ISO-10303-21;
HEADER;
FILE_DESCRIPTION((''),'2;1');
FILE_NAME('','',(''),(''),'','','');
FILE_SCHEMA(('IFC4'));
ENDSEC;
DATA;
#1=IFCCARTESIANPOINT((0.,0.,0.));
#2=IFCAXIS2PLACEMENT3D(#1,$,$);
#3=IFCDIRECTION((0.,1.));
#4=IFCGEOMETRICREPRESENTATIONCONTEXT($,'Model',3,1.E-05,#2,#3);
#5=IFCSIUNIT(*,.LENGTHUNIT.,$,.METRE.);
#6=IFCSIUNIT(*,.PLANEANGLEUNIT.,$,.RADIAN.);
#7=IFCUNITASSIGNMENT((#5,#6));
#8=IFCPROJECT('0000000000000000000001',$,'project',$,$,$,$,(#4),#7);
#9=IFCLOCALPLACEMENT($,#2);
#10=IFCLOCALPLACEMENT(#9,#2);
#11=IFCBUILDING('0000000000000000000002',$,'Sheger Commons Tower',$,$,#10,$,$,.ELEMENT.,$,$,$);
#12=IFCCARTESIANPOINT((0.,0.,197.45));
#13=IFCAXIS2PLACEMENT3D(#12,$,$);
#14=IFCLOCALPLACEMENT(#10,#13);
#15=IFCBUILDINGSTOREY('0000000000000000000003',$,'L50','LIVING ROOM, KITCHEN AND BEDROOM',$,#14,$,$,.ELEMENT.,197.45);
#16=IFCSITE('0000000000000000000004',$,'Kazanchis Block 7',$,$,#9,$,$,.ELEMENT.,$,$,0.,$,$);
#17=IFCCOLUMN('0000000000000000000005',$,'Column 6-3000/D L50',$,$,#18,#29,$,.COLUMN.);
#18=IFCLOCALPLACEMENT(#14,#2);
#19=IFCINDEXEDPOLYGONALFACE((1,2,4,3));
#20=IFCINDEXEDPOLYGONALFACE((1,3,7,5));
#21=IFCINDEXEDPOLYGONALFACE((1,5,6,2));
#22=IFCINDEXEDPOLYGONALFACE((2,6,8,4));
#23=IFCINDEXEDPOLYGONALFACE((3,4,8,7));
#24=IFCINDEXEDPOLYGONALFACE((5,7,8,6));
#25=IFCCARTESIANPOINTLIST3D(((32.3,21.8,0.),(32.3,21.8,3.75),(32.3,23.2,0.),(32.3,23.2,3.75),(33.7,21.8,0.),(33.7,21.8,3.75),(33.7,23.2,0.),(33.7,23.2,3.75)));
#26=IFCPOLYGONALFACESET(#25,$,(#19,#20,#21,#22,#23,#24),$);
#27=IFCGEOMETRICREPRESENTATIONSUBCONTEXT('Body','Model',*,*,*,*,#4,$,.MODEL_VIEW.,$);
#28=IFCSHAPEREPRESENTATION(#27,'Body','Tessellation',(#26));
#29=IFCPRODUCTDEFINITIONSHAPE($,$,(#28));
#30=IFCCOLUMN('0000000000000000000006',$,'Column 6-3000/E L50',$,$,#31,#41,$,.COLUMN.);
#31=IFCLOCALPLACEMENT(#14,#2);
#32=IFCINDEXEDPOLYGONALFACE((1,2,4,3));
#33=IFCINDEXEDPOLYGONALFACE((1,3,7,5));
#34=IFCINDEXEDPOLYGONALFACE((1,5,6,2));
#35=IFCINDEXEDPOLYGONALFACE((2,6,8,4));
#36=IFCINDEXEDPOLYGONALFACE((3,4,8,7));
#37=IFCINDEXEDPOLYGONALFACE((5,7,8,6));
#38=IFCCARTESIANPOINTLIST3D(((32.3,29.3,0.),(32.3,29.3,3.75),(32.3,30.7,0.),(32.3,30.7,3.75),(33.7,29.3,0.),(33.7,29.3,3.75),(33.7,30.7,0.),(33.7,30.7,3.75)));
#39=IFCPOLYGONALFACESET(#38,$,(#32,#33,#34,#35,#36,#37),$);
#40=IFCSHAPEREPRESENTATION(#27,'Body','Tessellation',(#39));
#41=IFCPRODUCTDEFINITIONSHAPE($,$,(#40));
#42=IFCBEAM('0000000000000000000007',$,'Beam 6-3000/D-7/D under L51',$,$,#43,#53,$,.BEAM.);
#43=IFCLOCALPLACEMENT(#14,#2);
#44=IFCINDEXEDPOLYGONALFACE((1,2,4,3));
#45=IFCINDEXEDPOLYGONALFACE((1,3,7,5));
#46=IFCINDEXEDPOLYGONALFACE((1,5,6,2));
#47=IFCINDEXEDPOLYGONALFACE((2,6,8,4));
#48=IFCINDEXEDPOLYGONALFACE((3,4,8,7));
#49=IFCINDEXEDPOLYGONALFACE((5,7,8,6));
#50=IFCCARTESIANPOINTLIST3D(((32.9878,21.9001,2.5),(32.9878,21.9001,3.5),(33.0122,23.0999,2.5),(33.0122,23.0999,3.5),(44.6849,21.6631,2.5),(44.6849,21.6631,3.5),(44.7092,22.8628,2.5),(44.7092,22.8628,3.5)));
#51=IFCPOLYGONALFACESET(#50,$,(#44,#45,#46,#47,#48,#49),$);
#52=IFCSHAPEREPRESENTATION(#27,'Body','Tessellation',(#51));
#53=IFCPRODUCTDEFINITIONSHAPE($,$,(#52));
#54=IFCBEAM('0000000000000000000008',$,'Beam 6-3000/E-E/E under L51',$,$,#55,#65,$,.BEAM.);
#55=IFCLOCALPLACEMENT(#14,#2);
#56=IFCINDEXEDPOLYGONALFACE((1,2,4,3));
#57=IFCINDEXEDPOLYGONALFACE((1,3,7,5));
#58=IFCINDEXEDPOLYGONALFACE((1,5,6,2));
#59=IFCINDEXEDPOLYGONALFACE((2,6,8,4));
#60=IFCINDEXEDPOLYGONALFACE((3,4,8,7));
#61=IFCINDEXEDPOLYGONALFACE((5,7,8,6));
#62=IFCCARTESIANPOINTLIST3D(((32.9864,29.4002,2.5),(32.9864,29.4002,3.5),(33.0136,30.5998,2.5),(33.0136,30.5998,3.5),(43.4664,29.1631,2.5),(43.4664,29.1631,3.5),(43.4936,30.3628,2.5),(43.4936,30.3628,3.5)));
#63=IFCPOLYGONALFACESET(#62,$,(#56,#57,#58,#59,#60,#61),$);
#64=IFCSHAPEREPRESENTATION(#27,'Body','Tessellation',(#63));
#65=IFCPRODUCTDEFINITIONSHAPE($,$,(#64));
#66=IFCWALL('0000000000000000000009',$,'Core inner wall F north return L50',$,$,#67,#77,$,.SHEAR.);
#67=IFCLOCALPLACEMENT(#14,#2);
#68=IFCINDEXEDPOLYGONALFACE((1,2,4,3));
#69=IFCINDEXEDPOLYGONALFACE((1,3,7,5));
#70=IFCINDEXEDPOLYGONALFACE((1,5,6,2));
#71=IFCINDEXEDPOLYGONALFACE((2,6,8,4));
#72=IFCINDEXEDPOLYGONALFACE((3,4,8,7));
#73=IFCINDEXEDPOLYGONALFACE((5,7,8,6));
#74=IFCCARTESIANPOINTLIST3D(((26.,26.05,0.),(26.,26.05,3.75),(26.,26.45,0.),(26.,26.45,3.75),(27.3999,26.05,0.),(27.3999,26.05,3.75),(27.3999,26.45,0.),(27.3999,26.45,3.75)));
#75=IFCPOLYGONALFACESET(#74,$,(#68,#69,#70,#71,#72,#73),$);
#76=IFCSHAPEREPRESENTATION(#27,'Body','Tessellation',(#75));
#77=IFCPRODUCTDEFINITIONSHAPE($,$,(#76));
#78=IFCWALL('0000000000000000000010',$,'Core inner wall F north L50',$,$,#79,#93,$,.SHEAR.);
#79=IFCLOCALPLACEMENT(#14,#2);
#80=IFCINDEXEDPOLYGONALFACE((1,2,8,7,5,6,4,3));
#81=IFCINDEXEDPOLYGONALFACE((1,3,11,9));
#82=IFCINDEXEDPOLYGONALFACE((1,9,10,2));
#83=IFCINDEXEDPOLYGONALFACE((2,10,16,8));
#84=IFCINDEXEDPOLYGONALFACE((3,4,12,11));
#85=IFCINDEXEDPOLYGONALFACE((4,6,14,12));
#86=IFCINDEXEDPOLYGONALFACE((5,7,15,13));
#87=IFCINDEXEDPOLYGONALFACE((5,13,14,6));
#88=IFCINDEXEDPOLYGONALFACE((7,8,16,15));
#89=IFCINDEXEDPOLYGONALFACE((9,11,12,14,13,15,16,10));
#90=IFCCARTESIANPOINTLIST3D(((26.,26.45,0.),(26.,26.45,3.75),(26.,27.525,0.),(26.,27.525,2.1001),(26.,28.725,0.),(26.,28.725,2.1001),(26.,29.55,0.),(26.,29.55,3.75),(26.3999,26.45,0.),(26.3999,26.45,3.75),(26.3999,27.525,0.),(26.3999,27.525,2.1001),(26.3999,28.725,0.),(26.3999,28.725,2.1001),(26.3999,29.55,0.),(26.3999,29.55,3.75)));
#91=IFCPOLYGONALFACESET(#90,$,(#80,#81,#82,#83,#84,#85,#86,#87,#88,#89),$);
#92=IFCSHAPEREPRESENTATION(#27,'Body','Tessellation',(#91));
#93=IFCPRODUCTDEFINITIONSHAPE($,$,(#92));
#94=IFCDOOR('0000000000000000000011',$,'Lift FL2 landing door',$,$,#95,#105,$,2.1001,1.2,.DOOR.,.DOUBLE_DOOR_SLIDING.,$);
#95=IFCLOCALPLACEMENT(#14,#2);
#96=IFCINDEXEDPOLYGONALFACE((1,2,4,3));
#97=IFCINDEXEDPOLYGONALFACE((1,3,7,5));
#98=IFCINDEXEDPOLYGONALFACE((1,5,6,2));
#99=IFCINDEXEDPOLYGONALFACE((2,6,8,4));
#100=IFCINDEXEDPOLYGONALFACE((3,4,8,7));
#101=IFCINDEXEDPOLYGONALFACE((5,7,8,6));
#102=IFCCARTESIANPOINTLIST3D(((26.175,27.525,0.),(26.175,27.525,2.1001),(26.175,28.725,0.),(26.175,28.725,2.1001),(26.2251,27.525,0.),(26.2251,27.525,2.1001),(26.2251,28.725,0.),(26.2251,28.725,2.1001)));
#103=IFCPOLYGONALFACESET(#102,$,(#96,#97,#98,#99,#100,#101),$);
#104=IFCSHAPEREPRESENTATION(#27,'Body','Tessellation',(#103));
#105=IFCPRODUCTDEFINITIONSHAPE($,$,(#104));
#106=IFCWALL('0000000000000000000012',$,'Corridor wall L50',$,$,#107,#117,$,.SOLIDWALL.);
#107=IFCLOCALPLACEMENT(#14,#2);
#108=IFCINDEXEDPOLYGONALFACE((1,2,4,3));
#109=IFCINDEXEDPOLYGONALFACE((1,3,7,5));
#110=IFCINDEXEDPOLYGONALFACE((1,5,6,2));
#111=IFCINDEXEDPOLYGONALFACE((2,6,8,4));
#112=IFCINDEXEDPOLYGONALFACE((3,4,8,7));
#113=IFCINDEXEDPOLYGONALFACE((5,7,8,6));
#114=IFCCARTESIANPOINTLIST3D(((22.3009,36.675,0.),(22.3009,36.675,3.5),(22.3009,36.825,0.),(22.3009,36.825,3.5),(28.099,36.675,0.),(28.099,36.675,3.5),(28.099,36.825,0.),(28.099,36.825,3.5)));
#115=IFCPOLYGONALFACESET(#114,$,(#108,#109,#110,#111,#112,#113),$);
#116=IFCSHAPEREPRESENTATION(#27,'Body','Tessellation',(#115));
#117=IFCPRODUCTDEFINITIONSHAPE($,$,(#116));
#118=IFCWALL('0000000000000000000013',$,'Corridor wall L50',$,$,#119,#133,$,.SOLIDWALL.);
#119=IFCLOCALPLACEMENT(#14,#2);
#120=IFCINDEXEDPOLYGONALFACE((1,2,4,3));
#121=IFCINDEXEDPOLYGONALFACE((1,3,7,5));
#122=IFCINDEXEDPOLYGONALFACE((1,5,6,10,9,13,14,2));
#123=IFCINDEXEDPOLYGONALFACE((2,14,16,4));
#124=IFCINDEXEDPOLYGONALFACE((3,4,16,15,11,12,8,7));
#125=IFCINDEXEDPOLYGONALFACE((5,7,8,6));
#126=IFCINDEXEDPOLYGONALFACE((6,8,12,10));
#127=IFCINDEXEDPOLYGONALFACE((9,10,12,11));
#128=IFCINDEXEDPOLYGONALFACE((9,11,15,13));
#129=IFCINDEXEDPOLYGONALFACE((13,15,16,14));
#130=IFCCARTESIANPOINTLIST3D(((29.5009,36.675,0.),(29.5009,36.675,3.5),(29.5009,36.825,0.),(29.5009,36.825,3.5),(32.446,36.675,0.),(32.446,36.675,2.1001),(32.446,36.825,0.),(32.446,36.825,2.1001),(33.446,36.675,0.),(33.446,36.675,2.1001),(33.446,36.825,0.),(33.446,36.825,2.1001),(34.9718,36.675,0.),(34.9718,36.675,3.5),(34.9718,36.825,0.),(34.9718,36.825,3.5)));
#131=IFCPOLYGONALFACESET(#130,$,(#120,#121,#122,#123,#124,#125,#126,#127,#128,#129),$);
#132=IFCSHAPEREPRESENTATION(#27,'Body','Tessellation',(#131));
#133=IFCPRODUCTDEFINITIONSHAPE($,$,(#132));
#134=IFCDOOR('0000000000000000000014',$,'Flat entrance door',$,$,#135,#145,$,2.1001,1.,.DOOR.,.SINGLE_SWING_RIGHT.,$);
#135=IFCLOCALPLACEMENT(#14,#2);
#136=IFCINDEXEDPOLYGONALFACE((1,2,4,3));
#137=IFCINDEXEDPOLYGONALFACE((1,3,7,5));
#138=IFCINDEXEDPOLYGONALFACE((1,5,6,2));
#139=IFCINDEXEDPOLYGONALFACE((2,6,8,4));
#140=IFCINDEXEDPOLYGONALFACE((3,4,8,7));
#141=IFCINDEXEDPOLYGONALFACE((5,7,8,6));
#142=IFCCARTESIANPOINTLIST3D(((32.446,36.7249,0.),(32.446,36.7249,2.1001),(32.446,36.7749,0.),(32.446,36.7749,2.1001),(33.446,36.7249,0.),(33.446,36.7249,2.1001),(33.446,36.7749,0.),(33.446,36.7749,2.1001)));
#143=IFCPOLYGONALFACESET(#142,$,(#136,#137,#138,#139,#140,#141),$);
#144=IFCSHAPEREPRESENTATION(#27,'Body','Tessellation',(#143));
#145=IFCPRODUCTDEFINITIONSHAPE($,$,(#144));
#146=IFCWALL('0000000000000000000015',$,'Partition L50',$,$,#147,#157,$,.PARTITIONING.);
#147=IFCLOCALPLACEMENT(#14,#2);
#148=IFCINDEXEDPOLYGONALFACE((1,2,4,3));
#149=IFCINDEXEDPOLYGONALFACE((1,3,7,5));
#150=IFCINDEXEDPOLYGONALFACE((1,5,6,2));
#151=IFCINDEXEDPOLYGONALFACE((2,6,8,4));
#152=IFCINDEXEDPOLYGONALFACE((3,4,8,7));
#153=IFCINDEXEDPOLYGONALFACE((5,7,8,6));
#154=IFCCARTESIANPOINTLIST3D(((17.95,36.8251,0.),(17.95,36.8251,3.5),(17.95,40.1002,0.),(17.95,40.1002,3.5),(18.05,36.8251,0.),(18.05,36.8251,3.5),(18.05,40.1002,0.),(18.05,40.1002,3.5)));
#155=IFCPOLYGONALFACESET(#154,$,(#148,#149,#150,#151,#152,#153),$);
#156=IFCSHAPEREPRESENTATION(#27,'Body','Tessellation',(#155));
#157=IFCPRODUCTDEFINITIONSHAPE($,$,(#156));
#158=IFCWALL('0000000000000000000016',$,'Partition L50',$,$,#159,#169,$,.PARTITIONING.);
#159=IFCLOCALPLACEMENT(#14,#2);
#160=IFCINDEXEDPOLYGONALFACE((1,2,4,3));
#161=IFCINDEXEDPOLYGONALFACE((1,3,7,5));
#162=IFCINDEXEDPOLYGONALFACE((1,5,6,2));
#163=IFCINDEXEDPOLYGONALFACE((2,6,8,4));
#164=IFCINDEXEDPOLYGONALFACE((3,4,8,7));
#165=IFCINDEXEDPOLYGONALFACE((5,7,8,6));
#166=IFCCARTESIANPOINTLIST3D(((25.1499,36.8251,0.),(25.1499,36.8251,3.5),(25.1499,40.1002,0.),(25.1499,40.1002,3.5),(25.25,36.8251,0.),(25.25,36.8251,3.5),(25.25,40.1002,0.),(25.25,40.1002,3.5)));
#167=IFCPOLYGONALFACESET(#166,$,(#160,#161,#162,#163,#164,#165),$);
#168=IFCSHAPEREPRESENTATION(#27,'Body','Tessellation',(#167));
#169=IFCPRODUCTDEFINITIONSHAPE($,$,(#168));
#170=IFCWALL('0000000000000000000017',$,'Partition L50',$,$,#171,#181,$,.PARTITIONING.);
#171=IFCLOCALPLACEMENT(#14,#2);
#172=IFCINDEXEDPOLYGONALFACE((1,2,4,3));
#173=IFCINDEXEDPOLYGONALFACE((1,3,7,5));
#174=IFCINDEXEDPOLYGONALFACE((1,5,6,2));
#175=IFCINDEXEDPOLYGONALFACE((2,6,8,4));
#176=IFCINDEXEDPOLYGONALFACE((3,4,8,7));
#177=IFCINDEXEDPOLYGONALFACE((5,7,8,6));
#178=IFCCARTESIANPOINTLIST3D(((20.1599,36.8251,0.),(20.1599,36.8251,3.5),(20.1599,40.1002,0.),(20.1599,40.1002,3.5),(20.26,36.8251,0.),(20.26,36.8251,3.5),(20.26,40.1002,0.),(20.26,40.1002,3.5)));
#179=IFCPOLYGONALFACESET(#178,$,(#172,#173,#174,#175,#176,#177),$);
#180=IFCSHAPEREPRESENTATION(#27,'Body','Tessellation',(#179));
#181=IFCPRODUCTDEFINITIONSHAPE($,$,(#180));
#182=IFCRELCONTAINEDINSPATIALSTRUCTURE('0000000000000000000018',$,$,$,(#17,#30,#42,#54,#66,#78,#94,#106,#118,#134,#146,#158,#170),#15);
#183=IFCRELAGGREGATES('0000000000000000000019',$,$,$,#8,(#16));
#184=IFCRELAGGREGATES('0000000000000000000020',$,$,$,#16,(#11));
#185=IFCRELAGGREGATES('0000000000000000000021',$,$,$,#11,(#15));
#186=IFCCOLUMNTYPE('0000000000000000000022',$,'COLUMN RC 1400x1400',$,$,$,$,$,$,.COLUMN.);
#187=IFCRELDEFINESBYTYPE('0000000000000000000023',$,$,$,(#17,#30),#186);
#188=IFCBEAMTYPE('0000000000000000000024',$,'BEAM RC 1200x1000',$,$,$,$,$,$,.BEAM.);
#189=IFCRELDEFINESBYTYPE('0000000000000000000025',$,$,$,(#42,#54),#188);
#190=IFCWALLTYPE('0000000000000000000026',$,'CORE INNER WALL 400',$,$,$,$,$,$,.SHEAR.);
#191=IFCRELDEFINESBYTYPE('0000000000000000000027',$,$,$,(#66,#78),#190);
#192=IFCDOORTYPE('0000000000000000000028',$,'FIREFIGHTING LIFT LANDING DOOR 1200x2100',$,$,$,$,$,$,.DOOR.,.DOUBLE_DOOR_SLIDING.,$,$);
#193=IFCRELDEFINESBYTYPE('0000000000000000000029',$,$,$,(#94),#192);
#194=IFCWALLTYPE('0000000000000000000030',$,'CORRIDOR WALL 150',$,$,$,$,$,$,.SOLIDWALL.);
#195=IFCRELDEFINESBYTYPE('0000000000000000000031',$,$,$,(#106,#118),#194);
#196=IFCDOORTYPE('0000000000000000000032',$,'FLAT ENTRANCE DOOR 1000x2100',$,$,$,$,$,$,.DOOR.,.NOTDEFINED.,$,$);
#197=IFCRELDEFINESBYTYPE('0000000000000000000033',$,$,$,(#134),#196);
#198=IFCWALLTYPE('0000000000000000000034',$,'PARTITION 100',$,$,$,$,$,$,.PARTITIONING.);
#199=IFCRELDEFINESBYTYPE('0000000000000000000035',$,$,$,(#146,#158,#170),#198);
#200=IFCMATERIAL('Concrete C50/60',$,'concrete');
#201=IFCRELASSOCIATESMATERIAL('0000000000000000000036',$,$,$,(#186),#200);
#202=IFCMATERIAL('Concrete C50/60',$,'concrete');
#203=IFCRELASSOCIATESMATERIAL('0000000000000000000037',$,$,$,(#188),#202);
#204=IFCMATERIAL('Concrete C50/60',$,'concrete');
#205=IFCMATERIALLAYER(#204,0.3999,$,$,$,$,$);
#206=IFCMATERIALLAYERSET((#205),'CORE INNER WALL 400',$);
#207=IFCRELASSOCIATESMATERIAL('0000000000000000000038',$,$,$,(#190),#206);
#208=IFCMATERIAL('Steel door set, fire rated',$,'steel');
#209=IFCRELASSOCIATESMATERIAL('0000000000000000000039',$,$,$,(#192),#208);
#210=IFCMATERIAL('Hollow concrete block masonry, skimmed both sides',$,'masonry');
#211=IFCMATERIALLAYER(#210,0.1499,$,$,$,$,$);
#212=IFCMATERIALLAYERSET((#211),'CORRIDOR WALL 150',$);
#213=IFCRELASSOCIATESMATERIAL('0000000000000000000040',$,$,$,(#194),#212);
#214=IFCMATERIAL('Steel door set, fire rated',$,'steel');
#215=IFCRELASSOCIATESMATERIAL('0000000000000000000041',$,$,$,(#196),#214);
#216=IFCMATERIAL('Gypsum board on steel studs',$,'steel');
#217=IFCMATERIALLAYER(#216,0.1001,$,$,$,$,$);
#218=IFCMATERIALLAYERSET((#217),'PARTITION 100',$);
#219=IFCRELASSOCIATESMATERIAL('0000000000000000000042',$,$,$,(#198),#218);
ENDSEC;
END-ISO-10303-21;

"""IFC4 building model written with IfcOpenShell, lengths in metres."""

from ifc_helpers import new_model, si_unit, direction, frame, frame_2d, origin, origin_2d, place, context, subcontext, project, spatial, rectangle, extrude, material, layer, layer_set, material_profile, profile_set, type_object, element, fill, save


model = new_model("IFC4")

# Units and contexts
model_context = context("Model", 3, precision=1e-05, world=origin(), true_north=direction((0.0, 1.0)))
body_context = subcontext(model_context, "Body", "Model", "MODEL_VIEW")
ifc_project = project(units=[si_unit("LENGTHUNIT", "METRE"), si_unit("PLANEANGLEUNIT", "RADIAN")], contexts=[model_context])

# Site, building, storey
site_placement = place(None, origin())
site = spatial("IfcSite", under=ifc_project, at=site_placement, Name="Kazanchis Block 7", CompositionType="ELEMENT", RefElevation=0.0)
building_placement = place(site_placement, origin())
building = spatial("IfcBuilding", under=site, at=building_placement, Name="Sheger Commons Tower", CompositionType="ELEMENT")
storey_placement = place(building_placement, frame((0.0, 0.0, 197.45)))
storey = spatial("IfcBuildingStorey", under=building, at=storey_placement, Name="L50", Description="LIVING ROOM, KITCHEN AND BEDROOM", CompositionType="ELEMENT", Elevation=197.45)

# Columns
ifc_material_1 = material(Name="Concrete C50/60", Category="concrete")
ifc_material_profile_1 = material_profile(ifc_material_1, rectangle(XDim=1.3999, YDim=1.3999, at=origin_2d()), Name="RC 1400x1400")
ifc_profile_set_1 = profile_set([ifc_material_profile_1], Name="Concrete C50/60")
column_type = type_object("IfcColumnType", Name="COLUMN RC 1400x1400", PredefinedType="COLUMN", material=ifc_profile_set_1)
for number, where, z_axis, x_axis, name in (
    (1, (33.0, 22.5, 0.0), (0.0, 0.0, 1.0), (1.0, 0.0, 0.0), "Column 6-3000/D L50"),
    (2, (33.0, 30.0, 0.0), (0.0, 0.0, 1.0), (1.0, 0.0, 0.0), "Column 6-3000/E L50"),
):
    element("IfcColumn", number, at=place(storey_placement, frame(where, z_axis=z_axis, x_axis=x_axis)), inside=storey, type_object=column_type, Name=name, PredefinedType="COLUMN", context=body_context, shape_type="SweptSolid", body=[
        extrude(rectangle(XDim=1.3999, YDim=1.3999, at=origin_2d()), origin(), (0.0, 0.0, 1.0), 3.75),
    ])

# Beams
ifc_material_2 = material(Name="Concrete C50/60", Category="concrete")
ifc_material_profile_2 = material_profile(ifc_material_2, rectangle(XDim=1.2, YDim=1.0, at=origin_2d()), Name="RC 1200x1000")
ifc_profile_set_2 = profile_set([ifc_material_profile_2], Name="Concrete C50/60")
beam_type = type_object("IfcBeamType", Name="BEAM RC 1200x1000", PredefinedType="BEAM", material=ifc_profile_set_2)
beam_1_placement = place(storey_placement, frame((33.0, 22.5, 3.0), z_axis=(0.999795, -0.020263, 0.0), x_axis=(0.020263, 0.999795, 0.0)))
element("IfcBeam", 3, at=beam_1_placement, inside=storey, type_object=beam_type, Name="Beam 6-3000/D-7/D under L51", PredefinedType="BEAM", context=body_context, shape_type="SweptSolid", body=[
    extrude(rectangle(XDim=1.2, YDim=1.0, at=origin_2d()), origin(), (0.0, 0.0, 1.0), 11.6995),
])
beam_2_placement = place(storey_placement, frame((33.0, 30.0, 3.0), z_axis=(0.999744, -0.022615, 0.0), x_axis=(0.022615, 0.999744, 0.0)))
element("IfcBeam", 4, at=beam_2_placement, inside=storey, type_object=beam_type, Name="Beam 6-3000/E-E/E under L51", PredefinedType="BEAM", context=body_context, shape_type="SweptSolid", body=[
    extrude(rectangle(XDim=1.2, YDim=1.0, at=origin_2d()), origin(), (0.0, 0.0, 1.0), 10.4827),
])

# Wall
ifc_material_3 = material(Name="Concrete C50/60", Category="concrete")
ifc_layer_1 = layer(ifc_material_3, 0.3999)
ifc_layer_set_1 = layer_set([ifc_layer_1], Name="CORE INNER WALL 400")
wall_type_1 = type_object("IfcWallType", Name="CORE INNER WALL 400", PredefinedType="SHEAR", material=ifc_layer_set_1)
wall_1_placement = place(storey_placement, frame((26.0, 26.25, 0.0), z_axis=(0.0, 0.0, 1.0), x_axis=(1.0, 0.0, 0.0)))
element("IfcWall", 5, at=wall_1_placement, inside=storey, type_object=wall_type_1, Name="Core inner wall F north return L50", PredefinedType="SHEAR", context=body_context, shape_type="SweptSolid", body=[
    extrude(rectangle(XDim=1.3999, YDim=0.3999, at=frame_2d((0.7, 0.0))), origin(), (0.0, 0.0, 1.0), 3.75),
])

# Wall, opening, door
wall_2_placement = place(storey_placement, frame((26.2, 26.45, 0.0), z_axis=(0.0, 0.0, 1.0), x_axis=(0.0, 1.0, 0.0)))
wall_2 = element("IfcWall", 6, at=wall_2_placement, inside=storey, type_object=wall_type_1, Name="Core inner wall F north L50", PredefinedType="SHEAR", context=body_context, shape_type="SweptSolid", body=[
    extrude(rectangle(XDim=3.1001, YDim=0.3999, at=frame_2d((1.55, 0.0))), origin(), (0.0, 0.0, 1.0), 3.75),
])
opening_1_placement = place(wall_2_placement, frame((1.075, 0.0, 0.0)))
opening_1 = element("IfcOpeningElement", 7, at=opening_1_placement, cuts=wall_2, PredefinedType="OPENING", context=body_context, shape_type="SweptSolid", body=[
    extrude(rectangle(XDim=1.2, YDim=2.1001, at=frame_2d((0.6001, 1.05))), frame((0.0, 0.21, 0.0), z_axis=(0.0, -1.0, 0.0), x_axis=(1.0, 0.0, 0.0)), (0.0, 0.0, 1.0), 0.4199),
])
ifc_material_4 = material(Name="Steel door set, fire rated", Category="steel")
door_type_1 = type_object("IfcDoorType", Name="FIREFIGHTING LIFT LANDING DOOR 1200x2100", OperationType="DOUBLE_DOOR_SLIDING", PredefinedType="DOOR", material=ifc_material_4)
door_1_placement = place(opening_1_placement, origin())
door_1 = element("IfcDoor", 8, at=door_1_placement, inside=storey, type_object=door_type_1, Name="Lift FL2 landing door", OperationType="DOUBLE_DOOR_SLIDING", OverallHeight=2.1001, OverallWidth=1.2, PredefinedType="DOOR", context=body_context, shape_type="SweptSolid", body=[
    extrude(rectangle(XDim=1.2, YDim=2.1001, at=frame_2d((0.6001, 1.05))), frame((0.0, 0.0249, 0.0), z_axis=(0.0, -1.0, 0.0), x_axis=(1.0, 0.0, 0.0)), (0.0, 0.0, 1.0), 0.05),
])
fill(opening_1, door_1)

# Wall
ifc_material_5 = material(Name="Hollow concrete block masonry, skimmed both sides", Category="masonry")
ifc_layer_2 = layer(ifc_material_5, 0.1499)
ifc_layer_set_2 = layer_set([ifc_layer_2], Name="CORRIDOR WALL 150")
wall_type_2 = type_object("IfcWallType", Name="CORRIDOR WALL 150", PredefinedType="SOLIDWALL", material=ifc_layer_set_2)
wall_3_placement = place(storey_placement, frame((22.301, 36.75, 0.0), z_axis=(0.0, 0.0, 1.0), x_axis=(1.0, 0.0, 0.0)))
element("IfcWall", 9, at=wall_3_placement, inside=storey, type_object=wall_type_2, Name="Corridor wall L50", PredefinedType="SOLIDWALL", context=body_context, shape_type="SweptSolid", body=[
    extrude(rectangle(XDim=5.7981, YDim=0.1499, at=frame_2d((2.8989, 0.0))), origin(), (0.0, 0.0, 1.0), 3.5),
])

# Wall, opening, door
wall_4_placement = place(storey_placement, frame((29.501, 36.75, 0.0), z_axis=(0.0, 0.0, 1.0), x_axis=(1.0, 0.0, 0.0)))
wall_4 = element("IfcWall", 10, at=wall_4_placement, inside=storey, type_object=wall_type_2, Name="Corridor wall L50", PredefinedType="SOLIDWALL", context=body_context, shape_type="SweptSolid", body=[
    extrude(rectangle(XDim=5.4709, YDim=0.1499, at=frame_2d((2.7354, 0.0))), origin(), (0.0, 0.0, 1.0), 3.5),
])
opening_2_placement = place(wall_4_placement, frame((2.9451, 0.0, 0.0)))
opening_2 = element("IfcOpeningElement", 11, at=opening_2_placement, cuts=wall_4, PredefinedType="OPENING", context=body_context, shape_type="SweptSolid", body=[
    extrude(rectangle(XDim=1.0, YDim=2.1001, at=frame_2d((0.5, 1.05))), frame((0.0, 0.085, 0.0), z_axis=(0.0, -1.0, 0.0), x_axis=(1.0, 0.0, 0.0)), (0.0, 0.0, 1.0), 0.1699),
])
ifc_material_6 = material(Name="Steel door set, fire rated", Category="steel")
door_type_2 = type_object("IfcDoorType", Name="FLAT ENTRANCE DOOR 1000x2100", OperationType="NOTDEFINED", PredefinedType="DOOR", material=ifc_material_6)
door_2_placement = place(opening_2_placement, origin())
door_2 = element("IfcDoor", 12, at=door_2_placement, inside=storey, type_object=door_type_2, Name="Flat entrance door", OperationType="SINGLE_SWING_RIGHT", OverallHeight=2.1001, OverallWidth=1.0, PredefinedType="DOOR", context=body_context, shape_type="SweptSolid", body=[
    extrude(rectangle(XDim=1.0, YDim=2.1001, at=frame_2d((0.5, 1.05))), frame((0.0, 0.0249, 0.0), z_axis=(0.0, -1.0, 0.0), x_axis=(1.0, 0.0, 0.0)), (0.0, 0.0, 1.0), 0.05),
])
fill(opening_2, door_2)

# Walls
ifc_material_7 = material(Name="Gypsum board on steel studs", Category="steel")
ifc_layer_3 = layer(ifc_material_7, 0.1001)
ifc_layer_set_3 = layer_set([ifc_layer_3], Name="PARTITION 100")
wall_type_3 = type_object("IfcWallType", Name="PARTITION 100", PredefinedType="PARTITIONING", material=ifc_layer_set_3)
for number, where, z_axis, x_axis, name in (
    (13, (18.0, 36.825, 0.0), (0.0, 0.0, 1.0), (0.0, 1.0, 0.0), "Partition L50"),
    (14, (25.2, 36.825, 0.0), (0.0, 0.0, 1.0), (0.0, 1.0, 0.0), "Partition L50"),
    (15, (20.21, 36.825, 0.0), (0.0, 0.0, 1.0), (0.0, 1.0, 0.0), "Partition L50"),
):
    element("IfcWall", number, at=place(storey_placement, frame(where, z_axis=z_axis, x_axis=x_axis)), inside=storey, type_object=wall_type_3, Name=name, PredefinedType="PARTITIONING", context=body_context, shape_type="SweptSolid", body=[
        extrude(rectangle(XDim=3.2751, YDim=0.1001, at=frame_2d((1.6377, 0.0))), origin(), (0.0, 0.0, 1.0), 3.5),
    ])

save(model, "model.ifc")
